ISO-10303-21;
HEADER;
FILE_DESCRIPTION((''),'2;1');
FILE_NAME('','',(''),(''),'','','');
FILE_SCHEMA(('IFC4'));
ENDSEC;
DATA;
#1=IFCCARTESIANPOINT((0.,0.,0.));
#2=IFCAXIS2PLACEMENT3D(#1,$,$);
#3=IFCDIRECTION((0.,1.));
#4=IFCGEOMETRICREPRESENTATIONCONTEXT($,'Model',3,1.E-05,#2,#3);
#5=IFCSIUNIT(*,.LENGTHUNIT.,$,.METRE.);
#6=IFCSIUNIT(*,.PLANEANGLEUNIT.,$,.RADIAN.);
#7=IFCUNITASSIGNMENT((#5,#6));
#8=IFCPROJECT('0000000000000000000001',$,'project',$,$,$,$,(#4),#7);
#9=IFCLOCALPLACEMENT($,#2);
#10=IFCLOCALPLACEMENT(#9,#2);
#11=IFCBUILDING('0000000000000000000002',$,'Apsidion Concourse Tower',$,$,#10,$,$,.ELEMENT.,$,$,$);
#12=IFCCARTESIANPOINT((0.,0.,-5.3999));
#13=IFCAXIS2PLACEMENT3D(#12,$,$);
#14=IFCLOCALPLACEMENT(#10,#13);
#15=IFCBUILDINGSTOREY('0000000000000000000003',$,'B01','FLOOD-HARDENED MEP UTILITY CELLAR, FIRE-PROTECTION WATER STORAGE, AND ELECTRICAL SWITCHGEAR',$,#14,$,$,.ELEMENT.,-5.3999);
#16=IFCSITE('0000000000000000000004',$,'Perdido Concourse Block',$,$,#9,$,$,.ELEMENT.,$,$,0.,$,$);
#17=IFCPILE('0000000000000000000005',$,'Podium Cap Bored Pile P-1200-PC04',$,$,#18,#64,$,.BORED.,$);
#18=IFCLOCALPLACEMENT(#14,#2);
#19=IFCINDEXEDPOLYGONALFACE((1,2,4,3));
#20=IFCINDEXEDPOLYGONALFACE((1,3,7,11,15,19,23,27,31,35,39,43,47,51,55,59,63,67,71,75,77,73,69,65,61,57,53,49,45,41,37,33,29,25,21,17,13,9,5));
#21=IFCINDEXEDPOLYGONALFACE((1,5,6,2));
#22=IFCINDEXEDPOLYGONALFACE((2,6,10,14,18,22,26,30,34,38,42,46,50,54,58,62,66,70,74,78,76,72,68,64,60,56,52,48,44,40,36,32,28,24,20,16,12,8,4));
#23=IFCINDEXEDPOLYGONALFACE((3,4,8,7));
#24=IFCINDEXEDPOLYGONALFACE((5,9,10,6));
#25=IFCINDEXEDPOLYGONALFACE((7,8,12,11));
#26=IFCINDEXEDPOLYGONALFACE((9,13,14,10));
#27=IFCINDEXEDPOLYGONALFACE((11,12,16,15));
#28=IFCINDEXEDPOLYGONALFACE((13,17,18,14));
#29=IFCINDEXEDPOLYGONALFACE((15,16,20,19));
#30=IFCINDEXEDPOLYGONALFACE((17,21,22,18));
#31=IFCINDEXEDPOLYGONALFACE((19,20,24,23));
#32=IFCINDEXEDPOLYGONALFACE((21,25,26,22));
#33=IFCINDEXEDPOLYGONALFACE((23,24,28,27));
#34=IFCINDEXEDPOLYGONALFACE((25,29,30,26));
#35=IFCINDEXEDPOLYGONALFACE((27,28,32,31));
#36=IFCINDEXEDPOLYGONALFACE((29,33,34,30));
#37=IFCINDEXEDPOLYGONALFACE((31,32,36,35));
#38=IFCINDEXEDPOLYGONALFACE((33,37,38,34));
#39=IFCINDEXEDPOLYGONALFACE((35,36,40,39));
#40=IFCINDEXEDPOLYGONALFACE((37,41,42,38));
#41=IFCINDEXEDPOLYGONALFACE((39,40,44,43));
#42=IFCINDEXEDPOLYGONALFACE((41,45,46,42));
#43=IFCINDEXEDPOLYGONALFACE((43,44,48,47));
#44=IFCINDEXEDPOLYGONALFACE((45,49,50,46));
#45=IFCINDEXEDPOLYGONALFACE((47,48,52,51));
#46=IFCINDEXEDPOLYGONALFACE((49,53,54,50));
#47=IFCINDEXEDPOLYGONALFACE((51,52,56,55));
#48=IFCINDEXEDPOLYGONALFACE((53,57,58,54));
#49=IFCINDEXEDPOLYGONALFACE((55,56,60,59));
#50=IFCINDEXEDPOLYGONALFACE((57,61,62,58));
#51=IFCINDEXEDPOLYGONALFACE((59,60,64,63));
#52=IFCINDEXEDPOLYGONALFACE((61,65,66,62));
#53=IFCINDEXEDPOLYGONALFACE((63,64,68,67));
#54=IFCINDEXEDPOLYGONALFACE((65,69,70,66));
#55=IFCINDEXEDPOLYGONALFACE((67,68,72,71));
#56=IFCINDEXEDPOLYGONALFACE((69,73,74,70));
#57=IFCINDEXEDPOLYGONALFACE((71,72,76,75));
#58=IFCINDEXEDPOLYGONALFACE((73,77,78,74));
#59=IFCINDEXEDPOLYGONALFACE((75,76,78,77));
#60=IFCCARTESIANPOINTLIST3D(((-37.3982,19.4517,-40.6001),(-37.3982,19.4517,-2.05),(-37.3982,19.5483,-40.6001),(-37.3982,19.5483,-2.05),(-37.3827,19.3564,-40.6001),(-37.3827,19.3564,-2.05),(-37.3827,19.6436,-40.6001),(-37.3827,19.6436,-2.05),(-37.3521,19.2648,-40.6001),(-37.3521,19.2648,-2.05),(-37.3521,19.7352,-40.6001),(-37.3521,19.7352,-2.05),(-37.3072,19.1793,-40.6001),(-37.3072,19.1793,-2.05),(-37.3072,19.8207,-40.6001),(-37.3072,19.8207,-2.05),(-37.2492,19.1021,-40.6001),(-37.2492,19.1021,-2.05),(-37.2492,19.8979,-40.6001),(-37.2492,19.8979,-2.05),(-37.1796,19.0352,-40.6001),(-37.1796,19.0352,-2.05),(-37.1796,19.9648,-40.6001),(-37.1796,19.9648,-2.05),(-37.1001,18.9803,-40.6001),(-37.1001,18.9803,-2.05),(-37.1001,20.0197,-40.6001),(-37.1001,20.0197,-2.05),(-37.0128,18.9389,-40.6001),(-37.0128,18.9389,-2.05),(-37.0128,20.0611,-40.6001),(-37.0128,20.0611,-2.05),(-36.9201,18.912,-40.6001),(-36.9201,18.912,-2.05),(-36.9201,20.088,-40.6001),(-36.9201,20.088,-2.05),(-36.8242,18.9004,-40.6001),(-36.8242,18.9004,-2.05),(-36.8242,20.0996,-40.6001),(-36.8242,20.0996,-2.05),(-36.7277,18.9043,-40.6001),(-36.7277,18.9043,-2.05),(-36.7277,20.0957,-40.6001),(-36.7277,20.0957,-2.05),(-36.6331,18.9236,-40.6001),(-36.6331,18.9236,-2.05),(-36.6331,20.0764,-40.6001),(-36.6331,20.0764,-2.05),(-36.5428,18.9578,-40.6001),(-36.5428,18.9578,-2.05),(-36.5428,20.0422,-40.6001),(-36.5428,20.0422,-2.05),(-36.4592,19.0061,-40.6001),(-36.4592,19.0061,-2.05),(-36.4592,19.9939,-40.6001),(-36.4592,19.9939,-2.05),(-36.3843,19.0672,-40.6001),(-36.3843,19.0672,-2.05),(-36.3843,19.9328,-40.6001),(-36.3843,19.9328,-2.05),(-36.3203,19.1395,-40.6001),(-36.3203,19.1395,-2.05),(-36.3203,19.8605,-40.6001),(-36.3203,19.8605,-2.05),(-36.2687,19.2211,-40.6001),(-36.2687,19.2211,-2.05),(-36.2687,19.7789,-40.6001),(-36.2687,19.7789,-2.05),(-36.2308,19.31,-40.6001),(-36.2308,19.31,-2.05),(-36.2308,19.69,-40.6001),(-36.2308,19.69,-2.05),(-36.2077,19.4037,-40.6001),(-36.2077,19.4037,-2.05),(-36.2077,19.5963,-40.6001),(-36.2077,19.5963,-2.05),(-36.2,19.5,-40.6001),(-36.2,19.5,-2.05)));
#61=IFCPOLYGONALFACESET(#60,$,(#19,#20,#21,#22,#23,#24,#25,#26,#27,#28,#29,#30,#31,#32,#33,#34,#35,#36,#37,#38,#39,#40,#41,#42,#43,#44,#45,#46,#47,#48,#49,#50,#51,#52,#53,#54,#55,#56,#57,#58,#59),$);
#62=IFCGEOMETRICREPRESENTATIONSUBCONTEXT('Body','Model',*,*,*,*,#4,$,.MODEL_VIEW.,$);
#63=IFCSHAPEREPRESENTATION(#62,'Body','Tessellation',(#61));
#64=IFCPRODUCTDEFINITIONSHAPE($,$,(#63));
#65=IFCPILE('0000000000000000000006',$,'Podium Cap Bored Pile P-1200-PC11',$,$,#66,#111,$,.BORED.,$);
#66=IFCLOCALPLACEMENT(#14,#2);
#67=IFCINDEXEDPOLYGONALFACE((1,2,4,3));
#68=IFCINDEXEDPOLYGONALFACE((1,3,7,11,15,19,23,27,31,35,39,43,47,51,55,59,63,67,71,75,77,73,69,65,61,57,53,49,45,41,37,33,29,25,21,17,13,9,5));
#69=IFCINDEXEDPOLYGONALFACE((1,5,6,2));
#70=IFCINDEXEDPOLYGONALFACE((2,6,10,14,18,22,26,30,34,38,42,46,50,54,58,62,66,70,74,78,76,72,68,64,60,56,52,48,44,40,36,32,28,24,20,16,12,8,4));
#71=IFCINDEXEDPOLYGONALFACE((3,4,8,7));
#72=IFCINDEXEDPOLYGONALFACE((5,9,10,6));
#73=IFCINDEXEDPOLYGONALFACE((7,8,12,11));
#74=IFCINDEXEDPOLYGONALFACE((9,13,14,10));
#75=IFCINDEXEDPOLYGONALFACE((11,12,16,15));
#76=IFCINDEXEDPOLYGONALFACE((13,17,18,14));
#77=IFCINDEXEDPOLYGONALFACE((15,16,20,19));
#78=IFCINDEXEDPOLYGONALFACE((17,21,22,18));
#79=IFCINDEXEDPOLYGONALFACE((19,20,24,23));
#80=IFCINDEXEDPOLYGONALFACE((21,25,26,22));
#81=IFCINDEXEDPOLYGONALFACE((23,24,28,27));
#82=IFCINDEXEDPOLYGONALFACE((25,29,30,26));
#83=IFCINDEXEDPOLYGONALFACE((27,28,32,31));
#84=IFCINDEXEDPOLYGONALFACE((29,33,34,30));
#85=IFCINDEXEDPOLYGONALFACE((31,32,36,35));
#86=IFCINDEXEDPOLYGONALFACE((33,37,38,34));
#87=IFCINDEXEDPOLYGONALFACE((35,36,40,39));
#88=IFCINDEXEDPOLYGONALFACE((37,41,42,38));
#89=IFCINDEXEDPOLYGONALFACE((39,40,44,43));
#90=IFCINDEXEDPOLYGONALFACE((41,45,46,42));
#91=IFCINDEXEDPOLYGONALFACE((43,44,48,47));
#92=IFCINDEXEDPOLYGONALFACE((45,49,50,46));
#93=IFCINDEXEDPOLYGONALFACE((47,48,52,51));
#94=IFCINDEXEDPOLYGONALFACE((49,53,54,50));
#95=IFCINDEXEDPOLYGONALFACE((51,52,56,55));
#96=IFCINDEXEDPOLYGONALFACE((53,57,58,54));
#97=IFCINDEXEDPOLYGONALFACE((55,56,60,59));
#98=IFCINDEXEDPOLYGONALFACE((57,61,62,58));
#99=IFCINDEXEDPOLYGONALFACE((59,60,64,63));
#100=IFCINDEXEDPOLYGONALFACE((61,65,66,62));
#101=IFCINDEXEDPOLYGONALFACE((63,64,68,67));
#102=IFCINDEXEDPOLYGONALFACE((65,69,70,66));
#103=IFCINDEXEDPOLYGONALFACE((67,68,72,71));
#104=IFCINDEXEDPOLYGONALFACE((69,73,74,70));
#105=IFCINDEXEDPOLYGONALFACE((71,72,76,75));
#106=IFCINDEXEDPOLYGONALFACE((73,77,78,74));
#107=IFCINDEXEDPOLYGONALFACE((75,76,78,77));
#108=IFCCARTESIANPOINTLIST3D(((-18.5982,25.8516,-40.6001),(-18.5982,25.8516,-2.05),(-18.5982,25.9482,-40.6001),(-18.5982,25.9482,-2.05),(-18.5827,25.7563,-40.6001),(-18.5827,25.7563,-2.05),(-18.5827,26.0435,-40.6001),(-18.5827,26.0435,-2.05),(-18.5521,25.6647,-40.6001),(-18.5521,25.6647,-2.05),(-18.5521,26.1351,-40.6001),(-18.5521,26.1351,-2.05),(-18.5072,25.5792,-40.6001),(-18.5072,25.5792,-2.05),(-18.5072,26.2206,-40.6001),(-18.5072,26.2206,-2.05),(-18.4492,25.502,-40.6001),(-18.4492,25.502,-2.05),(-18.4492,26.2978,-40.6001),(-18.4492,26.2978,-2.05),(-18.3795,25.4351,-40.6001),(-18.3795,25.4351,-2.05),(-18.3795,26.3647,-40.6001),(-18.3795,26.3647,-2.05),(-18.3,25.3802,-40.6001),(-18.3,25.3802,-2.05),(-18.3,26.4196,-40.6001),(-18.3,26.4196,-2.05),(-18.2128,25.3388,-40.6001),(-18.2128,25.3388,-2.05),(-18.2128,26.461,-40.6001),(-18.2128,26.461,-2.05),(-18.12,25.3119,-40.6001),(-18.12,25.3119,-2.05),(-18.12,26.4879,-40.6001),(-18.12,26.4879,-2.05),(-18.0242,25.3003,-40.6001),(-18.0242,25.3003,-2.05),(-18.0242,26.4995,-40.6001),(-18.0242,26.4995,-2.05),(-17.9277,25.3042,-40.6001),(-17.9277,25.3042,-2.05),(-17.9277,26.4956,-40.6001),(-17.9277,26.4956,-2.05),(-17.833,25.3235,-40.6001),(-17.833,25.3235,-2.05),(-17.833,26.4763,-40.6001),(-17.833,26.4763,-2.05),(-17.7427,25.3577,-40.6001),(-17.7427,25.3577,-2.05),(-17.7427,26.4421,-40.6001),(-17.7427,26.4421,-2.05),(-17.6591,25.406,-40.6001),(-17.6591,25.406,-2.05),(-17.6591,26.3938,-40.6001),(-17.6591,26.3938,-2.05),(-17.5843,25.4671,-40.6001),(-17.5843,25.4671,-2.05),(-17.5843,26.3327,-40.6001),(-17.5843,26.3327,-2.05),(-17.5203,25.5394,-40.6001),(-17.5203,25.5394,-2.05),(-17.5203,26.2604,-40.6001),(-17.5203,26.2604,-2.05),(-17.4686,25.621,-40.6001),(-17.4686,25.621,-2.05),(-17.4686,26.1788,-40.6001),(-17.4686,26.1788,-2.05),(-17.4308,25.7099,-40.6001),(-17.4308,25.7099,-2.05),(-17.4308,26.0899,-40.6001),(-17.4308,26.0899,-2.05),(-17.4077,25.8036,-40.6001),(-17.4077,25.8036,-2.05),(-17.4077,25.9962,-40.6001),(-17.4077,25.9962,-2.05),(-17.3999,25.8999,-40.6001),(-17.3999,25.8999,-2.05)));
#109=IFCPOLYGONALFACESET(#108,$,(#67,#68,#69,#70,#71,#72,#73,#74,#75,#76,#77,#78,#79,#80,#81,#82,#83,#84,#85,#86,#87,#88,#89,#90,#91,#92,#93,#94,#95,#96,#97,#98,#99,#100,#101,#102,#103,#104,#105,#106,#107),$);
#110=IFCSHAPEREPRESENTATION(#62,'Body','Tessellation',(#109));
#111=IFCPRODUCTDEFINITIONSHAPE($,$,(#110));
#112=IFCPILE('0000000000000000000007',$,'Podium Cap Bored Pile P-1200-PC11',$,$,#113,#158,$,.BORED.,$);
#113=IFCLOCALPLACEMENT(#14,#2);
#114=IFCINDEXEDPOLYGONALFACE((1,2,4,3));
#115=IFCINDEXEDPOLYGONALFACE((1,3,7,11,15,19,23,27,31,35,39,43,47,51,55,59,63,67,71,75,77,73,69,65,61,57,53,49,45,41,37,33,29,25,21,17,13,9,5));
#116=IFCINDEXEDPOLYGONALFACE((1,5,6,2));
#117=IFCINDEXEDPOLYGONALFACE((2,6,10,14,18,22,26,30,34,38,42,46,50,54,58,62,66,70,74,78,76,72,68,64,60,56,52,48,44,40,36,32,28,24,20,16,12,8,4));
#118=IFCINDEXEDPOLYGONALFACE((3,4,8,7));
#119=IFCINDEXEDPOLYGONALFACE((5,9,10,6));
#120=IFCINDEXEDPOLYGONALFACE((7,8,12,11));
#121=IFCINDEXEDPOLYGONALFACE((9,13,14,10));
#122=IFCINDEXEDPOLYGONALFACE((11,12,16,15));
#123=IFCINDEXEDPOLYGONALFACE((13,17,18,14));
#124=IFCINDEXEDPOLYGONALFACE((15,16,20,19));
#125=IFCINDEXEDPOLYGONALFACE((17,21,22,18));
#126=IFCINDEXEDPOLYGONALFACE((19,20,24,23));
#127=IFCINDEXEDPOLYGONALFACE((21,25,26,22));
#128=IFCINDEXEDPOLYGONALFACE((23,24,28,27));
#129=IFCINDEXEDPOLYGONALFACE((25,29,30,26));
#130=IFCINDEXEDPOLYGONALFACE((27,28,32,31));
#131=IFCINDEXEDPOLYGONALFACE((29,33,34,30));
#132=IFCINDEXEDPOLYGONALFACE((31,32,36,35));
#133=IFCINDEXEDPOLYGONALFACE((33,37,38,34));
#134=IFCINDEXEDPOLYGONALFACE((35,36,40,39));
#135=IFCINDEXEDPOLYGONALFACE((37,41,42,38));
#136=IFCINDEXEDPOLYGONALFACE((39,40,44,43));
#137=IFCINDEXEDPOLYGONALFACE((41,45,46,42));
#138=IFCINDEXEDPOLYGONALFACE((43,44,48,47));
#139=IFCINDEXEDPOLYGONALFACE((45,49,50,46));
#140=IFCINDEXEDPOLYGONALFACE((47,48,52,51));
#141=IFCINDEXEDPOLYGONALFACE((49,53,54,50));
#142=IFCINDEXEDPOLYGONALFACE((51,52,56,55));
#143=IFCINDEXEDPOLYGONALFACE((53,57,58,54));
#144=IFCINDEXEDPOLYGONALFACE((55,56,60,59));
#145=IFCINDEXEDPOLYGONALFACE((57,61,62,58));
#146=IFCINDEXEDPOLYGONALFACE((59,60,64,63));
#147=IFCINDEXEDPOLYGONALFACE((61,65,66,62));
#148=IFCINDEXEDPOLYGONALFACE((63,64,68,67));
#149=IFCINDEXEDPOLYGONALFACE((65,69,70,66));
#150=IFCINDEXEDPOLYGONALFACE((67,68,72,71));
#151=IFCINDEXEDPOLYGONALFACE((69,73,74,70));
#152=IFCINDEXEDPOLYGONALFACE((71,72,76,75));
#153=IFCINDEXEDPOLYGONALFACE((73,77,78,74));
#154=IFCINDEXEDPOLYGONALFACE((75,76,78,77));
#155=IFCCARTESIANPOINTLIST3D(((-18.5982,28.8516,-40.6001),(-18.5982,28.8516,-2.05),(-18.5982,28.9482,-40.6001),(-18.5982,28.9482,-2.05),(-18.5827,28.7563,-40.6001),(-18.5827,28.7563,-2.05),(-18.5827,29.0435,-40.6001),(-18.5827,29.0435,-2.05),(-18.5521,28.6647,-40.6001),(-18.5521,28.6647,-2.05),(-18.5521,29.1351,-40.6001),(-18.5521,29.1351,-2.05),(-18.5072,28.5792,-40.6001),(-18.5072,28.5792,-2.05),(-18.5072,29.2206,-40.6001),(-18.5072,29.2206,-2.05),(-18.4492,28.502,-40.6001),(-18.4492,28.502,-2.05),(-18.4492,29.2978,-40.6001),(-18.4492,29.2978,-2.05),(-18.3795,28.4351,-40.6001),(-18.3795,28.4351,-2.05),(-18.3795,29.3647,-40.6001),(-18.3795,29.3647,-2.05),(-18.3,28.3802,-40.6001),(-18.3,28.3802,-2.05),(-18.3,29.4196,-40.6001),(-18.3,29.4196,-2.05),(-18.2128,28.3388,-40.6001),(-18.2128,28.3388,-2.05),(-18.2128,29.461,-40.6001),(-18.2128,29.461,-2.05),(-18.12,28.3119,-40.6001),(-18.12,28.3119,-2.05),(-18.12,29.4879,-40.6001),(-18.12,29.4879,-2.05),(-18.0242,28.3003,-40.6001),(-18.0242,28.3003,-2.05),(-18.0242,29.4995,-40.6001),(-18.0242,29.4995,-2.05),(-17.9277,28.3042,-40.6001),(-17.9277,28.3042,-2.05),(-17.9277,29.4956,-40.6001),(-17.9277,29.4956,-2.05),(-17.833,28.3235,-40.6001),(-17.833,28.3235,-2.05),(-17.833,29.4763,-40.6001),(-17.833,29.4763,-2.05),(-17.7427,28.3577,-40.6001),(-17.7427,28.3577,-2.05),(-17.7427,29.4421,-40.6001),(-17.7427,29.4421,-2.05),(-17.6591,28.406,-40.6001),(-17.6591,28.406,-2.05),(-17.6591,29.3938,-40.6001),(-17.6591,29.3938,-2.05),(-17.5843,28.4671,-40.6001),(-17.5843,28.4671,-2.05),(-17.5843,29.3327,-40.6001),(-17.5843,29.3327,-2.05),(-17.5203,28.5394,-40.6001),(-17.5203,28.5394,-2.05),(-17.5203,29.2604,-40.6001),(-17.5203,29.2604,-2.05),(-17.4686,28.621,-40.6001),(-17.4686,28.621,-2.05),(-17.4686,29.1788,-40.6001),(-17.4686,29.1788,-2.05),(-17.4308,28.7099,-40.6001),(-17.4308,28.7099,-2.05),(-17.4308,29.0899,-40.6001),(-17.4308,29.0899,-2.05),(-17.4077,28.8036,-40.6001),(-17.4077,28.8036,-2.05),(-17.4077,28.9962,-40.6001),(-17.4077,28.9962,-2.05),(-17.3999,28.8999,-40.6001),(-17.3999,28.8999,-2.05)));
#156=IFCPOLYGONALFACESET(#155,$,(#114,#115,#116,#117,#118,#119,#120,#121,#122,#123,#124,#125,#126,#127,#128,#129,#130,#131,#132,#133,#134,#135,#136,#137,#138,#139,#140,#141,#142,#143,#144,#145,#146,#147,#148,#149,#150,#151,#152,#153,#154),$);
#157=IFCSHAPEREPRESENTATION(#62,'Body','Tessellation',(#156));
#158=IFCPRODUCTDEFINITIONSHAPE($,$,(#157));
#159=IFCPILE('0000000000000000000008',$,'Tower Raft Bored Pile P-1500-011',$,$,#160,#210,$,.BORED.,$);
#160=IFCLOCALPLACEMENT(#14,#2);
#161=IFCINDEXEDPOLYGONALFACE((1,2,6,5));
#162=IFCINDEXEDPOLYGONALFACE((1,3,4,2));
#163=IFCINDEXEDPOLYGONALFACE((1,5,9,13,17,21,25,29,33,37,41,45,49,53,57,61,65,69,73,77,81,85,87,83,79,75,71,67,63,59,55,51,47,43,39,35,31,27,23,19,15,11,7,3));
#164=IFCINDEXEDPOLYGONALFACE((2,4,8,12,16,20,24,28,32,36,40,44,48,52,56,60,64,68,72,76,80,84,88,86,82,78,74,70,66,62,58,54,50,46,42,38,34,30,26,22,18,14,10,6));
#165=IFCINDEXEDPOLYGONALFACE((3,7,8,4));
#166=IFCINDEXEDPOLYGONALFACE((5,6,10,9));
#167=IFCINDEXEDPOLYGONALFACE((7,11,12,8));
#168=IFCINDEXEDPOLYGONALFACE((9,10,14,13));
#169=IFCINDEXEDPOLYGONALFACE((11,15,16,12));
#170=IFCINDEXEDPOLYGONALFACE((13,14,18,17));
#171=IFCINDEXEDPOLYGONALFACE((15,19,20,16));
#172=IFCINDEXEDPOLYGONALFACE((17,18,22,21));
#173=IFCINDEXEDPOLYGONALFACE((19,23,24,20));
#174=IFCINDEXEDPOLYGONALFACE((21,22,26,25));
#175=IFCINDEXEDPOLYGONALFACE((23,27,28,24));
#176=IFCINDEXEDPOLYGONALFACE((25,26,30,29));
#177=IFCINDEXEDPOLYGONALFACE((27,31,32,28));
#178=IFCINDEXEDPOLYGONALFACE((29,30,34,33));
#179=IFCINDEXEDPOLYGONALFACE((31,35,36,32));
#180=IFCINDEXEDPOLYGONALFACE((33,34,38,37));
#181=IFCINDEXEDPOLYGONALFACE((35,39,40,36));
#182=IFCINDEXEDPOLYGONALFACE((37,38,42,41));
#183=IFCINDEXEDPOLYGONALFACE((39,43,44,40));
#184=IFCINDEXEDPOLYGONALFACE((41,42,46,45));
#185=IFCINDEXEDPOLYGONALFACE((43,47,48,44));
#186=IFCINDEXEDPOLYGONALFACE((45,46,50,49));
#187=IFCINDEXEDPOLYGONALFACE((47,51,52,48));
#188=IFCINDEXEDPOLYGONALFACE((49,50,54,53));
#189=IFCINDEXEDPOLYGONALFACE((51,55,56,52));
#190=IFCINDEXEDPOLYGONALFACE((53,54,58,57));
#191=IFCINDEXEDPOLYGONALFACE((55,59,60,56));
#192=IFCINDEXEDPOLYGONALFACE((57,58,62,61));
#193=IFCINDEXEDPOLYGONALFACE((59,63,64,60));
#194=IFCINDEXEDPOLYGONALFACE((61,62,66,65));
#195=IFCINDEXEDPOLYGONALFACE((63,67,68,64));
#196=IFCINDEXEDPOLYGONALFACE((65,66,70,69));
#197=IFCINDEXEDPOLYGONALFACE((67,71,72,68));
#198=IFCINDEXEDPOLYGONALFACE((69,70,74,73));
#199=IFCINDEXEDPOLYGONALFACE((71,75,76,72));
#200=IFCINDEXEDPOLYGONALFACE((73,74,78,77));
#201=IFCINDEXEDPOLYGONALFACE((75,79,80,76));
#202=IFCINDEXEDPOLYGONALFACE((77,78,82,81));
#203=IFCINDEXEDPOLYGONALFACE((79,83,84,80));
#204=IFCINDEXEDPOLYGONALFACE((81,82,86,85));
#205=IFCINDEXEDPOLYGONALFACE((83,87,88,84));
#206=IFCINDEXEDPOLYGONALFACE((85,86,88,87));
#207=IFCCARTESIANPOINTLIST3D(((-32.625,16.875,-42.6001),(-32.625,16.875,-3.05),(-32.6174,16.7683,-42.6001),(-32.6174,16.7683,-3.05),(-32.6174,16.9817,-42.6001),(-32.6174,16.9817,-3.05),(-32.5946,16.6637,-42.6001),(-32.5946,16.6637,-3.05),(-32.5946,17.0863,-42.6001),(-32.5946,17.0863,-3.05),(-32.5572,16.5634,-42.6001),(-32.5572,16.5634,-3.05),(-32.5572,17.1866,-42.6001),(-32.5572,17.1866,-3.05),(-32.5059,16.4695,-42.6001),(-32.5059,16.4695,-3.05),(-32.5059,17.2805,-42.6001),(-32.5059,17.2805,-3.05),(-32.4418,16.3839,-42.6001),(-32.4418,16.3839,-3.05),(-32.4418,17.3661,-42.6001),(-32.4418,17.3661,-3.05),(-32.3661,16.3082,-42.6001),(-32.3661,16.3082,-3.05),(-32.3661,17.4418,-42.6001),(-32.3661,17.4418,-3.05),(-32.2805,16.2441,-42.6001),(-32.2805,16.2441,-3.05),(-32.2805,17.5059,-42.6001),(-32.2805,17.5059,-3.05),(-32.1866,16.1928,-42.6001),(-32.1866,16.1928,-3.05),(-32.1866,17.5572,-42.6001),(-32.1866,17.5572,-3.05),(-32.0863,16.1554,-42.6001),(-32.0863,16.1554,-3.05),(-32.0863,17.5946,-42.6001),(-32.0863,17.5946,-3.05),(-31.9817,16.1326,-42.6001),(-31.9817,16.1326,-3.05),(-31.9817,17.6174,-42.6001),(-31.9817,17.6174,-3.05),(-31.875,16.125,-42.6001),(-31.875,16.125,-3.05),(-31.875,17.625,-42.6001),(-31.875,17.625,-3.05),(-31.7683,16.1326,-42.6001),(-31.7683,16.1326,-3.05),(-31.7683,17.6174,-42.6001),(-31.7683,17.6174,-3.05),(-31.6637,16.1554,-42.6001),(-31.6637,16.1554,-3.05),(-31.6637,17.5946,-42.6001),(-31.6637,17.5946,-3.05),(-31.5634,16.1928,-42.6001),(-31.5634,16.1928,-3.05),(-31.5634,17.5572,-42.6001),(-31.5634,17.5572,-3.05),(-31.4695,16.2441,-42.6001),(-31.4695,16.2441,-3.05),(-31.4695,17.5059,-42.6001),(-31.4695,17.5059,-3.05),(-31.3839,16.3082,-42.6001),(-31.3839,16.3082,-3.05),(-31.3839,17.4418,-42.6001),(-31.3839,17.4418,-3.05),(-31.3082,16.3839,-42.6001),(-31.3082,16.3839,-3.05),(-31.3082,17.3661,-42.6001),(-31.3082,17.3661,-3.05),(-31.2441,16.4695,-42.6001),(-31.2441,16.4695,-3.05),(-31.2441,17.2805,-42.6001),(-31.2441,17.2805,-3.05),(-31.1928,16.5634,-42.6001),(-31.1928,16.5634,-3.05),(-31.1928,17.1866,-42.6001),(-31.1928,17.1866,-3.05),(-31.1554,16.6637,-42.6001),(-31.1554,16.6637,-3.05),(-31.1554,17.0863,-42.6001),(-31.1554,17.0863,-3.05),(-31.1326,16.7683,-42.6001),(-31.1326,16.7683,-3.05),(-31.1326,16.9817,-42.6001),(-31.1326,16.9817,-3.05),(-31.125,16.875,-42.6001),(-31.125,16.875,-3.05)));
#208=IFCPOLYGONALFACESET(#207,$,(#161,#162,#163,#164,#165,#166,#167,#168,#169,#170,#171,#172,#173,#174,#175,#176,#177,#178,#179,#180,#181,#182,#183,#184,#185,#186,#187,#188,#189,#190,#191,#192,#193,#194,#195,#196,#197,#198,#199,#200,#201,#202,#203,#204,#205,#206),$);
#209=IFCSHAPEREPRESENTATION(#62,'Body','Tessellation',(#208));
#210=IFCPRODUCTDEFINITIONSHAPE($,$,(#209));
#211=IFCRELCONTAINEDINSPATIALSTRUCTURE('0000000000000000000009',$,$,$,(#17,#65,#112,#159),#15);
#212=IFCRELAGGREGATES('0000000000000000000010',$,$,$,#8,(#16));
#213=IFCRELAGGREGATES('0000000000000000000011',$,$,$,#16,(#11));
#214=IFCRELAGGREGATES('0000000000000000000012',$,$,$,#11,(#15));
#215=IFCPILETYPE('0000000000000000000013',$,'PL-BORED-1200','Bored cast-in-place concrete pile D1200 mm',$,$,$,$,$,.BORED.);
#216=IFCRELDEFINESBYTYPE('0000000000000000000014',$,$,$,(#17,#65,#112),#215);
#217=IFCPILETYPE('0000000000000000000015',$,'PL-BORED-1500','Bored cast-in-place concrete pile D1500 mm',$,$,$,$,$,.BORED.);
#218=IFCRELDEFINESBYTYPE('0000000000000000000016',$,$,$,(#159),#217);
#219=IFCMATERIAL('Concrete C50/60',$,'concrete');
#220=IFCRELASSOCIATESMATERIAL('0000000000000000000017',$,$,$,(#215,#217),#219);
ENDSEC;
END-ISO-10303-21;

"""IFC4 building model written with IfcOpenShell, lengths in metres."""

from ifc_helpers import new_model, si_unit, direction, frame, origin, origin_2d, place, context, subcontext, project, spatial, circle, extrude, material, material_profile, profile_set, type_object, element, save


model = new_model("IFC4")

# Units and contexts
model_context = context("Model", 3, precision=1e-05, world=origin(), true_north=direction((0.0, 1.0)))
body_context = subcontext(model_context, "Body", "Model", "MODEL_VIEW")
ifc_project = project(units=[si_unit("LENGTHUNIT", "METRE"), si_unit("PLANEANGLEUNIT", "RADIAN")], contexts=[model_context])

# Site, building, storey
site_placement = place(None, origin())
site = spatial("IfcSite", under=ifc_project, at=site_placement, Name="Perdido Concourse Block", CompositionType="ELEMENT", RefElevation=0.0)
building_placement = place(site_placement, origin())
building = spatial("IfcBuilding", under=site, at=building_placement, Name="Apsidion Concourse Tower", CompositionType="ELEMENT")
storey_placement = place(building_placement, frame((0.0, 0.0, -5.3999)))
storey = spatial("IfcBuildingStorey", under=building, at=storey_placement, Name="B01", Description="FLOOD-HARDENED MEP UTILITY CELLAR, FIRE-PROTECTION WATER STORAGE, AND ELECTRICAL SWITCHGEAR", CompositionType="ELEMENT", Elevation=-5.3999)

# Shared definitions
ifc_material_1 = material(Name="Concrete C50/60", Category="concrete")

# Piles
ifc_material_profile_1 = material_profile(ifc_material_1, circle(Radius=0.6001, at=origin_2d()), Name="BORED PILE D1200")
ifc_profile_set_1 = profile_set([ifc_material_profile_1], Name="Concrete C50/60")
pile_type_1 = type_object("IfcPileType", Name="PL-BORED-1200", Description="Bored cast-in-place concrete pile D1200 mm", PredefinedType="BORED", material=ifc_profile_set_1)
for number, where, z_axis, x_axis, name in (
    (1, (-36.8, 19.5, -2.05), (0.0, 0.0, -1.0), (1.0, 0.0, 0.0), "Podium Cap Bored Pile P-1200-PC04"),
    (2, (-18.0, 25.8999, -2.05), (0.0, 0.0, -1.0), (1.0, 0.0, 0.0), "Podium Cap Bored Pile P-1200-PC11"),
    (3, (-18.0, 28.8999, -2.05), (0.0, 0.0, -1.0), (1.0, 0.0, 0.0), "Podium Cap Bored Pile P-1200-PC11"),
):
    element("IfcPile", number, at=place(storey_placement, frame(where, z_axis=z_axis, x_axis=x_axis)), inside=storey, type_object=pile_type_1, Name=name, PredefinedType="BORED", context=body_context, shape_type="SweptSolid", body=[
        extrude(circle(Radius=0.6001, at=origin_2d()), origin(), (0.0, 0.0, 1.0), 38.55),
    ])
ifc_material_profile_2 = material_profile(ifc_material_1, circle(Radius=0.75, at=origin_2d()), Name="BORED PILE D1500")
ifc_profile_set_2 = profile_set([ifc_material_profile_2], Name="Concrete C50/60")
pile_type_2 = type_object("IfcPileType", Name="PL-BORED-1500", Description="Bored cast-in-place concrete pile D1500 mm", PredefinedType="BORED", material=ifc_profile_set_2)
for number, where, z_axis, x_axis, name in (
    (4, (-31.875, 16.875, -3.05), (0.0, 0.0, -1.0), (1.0, 0.0, 0.0), "Tower Raft Bored Pile P-1500-011"),
):
    element("IfcPile", number, at=place(storey_placement, frame(where, z_axis=z_axis, x_axis=x_axis)), inside=storey, type_object=pile_type_2, Name=name, PredefinedType="BORED", context=body_context, shape_type="SweptSolid", body=[
        extrude(circle(Radius=0.75, at=origin_2d()), origin(), (0.0, 0.0, 1.0), 39.55),
    ])

save(model, "model.ifc")
